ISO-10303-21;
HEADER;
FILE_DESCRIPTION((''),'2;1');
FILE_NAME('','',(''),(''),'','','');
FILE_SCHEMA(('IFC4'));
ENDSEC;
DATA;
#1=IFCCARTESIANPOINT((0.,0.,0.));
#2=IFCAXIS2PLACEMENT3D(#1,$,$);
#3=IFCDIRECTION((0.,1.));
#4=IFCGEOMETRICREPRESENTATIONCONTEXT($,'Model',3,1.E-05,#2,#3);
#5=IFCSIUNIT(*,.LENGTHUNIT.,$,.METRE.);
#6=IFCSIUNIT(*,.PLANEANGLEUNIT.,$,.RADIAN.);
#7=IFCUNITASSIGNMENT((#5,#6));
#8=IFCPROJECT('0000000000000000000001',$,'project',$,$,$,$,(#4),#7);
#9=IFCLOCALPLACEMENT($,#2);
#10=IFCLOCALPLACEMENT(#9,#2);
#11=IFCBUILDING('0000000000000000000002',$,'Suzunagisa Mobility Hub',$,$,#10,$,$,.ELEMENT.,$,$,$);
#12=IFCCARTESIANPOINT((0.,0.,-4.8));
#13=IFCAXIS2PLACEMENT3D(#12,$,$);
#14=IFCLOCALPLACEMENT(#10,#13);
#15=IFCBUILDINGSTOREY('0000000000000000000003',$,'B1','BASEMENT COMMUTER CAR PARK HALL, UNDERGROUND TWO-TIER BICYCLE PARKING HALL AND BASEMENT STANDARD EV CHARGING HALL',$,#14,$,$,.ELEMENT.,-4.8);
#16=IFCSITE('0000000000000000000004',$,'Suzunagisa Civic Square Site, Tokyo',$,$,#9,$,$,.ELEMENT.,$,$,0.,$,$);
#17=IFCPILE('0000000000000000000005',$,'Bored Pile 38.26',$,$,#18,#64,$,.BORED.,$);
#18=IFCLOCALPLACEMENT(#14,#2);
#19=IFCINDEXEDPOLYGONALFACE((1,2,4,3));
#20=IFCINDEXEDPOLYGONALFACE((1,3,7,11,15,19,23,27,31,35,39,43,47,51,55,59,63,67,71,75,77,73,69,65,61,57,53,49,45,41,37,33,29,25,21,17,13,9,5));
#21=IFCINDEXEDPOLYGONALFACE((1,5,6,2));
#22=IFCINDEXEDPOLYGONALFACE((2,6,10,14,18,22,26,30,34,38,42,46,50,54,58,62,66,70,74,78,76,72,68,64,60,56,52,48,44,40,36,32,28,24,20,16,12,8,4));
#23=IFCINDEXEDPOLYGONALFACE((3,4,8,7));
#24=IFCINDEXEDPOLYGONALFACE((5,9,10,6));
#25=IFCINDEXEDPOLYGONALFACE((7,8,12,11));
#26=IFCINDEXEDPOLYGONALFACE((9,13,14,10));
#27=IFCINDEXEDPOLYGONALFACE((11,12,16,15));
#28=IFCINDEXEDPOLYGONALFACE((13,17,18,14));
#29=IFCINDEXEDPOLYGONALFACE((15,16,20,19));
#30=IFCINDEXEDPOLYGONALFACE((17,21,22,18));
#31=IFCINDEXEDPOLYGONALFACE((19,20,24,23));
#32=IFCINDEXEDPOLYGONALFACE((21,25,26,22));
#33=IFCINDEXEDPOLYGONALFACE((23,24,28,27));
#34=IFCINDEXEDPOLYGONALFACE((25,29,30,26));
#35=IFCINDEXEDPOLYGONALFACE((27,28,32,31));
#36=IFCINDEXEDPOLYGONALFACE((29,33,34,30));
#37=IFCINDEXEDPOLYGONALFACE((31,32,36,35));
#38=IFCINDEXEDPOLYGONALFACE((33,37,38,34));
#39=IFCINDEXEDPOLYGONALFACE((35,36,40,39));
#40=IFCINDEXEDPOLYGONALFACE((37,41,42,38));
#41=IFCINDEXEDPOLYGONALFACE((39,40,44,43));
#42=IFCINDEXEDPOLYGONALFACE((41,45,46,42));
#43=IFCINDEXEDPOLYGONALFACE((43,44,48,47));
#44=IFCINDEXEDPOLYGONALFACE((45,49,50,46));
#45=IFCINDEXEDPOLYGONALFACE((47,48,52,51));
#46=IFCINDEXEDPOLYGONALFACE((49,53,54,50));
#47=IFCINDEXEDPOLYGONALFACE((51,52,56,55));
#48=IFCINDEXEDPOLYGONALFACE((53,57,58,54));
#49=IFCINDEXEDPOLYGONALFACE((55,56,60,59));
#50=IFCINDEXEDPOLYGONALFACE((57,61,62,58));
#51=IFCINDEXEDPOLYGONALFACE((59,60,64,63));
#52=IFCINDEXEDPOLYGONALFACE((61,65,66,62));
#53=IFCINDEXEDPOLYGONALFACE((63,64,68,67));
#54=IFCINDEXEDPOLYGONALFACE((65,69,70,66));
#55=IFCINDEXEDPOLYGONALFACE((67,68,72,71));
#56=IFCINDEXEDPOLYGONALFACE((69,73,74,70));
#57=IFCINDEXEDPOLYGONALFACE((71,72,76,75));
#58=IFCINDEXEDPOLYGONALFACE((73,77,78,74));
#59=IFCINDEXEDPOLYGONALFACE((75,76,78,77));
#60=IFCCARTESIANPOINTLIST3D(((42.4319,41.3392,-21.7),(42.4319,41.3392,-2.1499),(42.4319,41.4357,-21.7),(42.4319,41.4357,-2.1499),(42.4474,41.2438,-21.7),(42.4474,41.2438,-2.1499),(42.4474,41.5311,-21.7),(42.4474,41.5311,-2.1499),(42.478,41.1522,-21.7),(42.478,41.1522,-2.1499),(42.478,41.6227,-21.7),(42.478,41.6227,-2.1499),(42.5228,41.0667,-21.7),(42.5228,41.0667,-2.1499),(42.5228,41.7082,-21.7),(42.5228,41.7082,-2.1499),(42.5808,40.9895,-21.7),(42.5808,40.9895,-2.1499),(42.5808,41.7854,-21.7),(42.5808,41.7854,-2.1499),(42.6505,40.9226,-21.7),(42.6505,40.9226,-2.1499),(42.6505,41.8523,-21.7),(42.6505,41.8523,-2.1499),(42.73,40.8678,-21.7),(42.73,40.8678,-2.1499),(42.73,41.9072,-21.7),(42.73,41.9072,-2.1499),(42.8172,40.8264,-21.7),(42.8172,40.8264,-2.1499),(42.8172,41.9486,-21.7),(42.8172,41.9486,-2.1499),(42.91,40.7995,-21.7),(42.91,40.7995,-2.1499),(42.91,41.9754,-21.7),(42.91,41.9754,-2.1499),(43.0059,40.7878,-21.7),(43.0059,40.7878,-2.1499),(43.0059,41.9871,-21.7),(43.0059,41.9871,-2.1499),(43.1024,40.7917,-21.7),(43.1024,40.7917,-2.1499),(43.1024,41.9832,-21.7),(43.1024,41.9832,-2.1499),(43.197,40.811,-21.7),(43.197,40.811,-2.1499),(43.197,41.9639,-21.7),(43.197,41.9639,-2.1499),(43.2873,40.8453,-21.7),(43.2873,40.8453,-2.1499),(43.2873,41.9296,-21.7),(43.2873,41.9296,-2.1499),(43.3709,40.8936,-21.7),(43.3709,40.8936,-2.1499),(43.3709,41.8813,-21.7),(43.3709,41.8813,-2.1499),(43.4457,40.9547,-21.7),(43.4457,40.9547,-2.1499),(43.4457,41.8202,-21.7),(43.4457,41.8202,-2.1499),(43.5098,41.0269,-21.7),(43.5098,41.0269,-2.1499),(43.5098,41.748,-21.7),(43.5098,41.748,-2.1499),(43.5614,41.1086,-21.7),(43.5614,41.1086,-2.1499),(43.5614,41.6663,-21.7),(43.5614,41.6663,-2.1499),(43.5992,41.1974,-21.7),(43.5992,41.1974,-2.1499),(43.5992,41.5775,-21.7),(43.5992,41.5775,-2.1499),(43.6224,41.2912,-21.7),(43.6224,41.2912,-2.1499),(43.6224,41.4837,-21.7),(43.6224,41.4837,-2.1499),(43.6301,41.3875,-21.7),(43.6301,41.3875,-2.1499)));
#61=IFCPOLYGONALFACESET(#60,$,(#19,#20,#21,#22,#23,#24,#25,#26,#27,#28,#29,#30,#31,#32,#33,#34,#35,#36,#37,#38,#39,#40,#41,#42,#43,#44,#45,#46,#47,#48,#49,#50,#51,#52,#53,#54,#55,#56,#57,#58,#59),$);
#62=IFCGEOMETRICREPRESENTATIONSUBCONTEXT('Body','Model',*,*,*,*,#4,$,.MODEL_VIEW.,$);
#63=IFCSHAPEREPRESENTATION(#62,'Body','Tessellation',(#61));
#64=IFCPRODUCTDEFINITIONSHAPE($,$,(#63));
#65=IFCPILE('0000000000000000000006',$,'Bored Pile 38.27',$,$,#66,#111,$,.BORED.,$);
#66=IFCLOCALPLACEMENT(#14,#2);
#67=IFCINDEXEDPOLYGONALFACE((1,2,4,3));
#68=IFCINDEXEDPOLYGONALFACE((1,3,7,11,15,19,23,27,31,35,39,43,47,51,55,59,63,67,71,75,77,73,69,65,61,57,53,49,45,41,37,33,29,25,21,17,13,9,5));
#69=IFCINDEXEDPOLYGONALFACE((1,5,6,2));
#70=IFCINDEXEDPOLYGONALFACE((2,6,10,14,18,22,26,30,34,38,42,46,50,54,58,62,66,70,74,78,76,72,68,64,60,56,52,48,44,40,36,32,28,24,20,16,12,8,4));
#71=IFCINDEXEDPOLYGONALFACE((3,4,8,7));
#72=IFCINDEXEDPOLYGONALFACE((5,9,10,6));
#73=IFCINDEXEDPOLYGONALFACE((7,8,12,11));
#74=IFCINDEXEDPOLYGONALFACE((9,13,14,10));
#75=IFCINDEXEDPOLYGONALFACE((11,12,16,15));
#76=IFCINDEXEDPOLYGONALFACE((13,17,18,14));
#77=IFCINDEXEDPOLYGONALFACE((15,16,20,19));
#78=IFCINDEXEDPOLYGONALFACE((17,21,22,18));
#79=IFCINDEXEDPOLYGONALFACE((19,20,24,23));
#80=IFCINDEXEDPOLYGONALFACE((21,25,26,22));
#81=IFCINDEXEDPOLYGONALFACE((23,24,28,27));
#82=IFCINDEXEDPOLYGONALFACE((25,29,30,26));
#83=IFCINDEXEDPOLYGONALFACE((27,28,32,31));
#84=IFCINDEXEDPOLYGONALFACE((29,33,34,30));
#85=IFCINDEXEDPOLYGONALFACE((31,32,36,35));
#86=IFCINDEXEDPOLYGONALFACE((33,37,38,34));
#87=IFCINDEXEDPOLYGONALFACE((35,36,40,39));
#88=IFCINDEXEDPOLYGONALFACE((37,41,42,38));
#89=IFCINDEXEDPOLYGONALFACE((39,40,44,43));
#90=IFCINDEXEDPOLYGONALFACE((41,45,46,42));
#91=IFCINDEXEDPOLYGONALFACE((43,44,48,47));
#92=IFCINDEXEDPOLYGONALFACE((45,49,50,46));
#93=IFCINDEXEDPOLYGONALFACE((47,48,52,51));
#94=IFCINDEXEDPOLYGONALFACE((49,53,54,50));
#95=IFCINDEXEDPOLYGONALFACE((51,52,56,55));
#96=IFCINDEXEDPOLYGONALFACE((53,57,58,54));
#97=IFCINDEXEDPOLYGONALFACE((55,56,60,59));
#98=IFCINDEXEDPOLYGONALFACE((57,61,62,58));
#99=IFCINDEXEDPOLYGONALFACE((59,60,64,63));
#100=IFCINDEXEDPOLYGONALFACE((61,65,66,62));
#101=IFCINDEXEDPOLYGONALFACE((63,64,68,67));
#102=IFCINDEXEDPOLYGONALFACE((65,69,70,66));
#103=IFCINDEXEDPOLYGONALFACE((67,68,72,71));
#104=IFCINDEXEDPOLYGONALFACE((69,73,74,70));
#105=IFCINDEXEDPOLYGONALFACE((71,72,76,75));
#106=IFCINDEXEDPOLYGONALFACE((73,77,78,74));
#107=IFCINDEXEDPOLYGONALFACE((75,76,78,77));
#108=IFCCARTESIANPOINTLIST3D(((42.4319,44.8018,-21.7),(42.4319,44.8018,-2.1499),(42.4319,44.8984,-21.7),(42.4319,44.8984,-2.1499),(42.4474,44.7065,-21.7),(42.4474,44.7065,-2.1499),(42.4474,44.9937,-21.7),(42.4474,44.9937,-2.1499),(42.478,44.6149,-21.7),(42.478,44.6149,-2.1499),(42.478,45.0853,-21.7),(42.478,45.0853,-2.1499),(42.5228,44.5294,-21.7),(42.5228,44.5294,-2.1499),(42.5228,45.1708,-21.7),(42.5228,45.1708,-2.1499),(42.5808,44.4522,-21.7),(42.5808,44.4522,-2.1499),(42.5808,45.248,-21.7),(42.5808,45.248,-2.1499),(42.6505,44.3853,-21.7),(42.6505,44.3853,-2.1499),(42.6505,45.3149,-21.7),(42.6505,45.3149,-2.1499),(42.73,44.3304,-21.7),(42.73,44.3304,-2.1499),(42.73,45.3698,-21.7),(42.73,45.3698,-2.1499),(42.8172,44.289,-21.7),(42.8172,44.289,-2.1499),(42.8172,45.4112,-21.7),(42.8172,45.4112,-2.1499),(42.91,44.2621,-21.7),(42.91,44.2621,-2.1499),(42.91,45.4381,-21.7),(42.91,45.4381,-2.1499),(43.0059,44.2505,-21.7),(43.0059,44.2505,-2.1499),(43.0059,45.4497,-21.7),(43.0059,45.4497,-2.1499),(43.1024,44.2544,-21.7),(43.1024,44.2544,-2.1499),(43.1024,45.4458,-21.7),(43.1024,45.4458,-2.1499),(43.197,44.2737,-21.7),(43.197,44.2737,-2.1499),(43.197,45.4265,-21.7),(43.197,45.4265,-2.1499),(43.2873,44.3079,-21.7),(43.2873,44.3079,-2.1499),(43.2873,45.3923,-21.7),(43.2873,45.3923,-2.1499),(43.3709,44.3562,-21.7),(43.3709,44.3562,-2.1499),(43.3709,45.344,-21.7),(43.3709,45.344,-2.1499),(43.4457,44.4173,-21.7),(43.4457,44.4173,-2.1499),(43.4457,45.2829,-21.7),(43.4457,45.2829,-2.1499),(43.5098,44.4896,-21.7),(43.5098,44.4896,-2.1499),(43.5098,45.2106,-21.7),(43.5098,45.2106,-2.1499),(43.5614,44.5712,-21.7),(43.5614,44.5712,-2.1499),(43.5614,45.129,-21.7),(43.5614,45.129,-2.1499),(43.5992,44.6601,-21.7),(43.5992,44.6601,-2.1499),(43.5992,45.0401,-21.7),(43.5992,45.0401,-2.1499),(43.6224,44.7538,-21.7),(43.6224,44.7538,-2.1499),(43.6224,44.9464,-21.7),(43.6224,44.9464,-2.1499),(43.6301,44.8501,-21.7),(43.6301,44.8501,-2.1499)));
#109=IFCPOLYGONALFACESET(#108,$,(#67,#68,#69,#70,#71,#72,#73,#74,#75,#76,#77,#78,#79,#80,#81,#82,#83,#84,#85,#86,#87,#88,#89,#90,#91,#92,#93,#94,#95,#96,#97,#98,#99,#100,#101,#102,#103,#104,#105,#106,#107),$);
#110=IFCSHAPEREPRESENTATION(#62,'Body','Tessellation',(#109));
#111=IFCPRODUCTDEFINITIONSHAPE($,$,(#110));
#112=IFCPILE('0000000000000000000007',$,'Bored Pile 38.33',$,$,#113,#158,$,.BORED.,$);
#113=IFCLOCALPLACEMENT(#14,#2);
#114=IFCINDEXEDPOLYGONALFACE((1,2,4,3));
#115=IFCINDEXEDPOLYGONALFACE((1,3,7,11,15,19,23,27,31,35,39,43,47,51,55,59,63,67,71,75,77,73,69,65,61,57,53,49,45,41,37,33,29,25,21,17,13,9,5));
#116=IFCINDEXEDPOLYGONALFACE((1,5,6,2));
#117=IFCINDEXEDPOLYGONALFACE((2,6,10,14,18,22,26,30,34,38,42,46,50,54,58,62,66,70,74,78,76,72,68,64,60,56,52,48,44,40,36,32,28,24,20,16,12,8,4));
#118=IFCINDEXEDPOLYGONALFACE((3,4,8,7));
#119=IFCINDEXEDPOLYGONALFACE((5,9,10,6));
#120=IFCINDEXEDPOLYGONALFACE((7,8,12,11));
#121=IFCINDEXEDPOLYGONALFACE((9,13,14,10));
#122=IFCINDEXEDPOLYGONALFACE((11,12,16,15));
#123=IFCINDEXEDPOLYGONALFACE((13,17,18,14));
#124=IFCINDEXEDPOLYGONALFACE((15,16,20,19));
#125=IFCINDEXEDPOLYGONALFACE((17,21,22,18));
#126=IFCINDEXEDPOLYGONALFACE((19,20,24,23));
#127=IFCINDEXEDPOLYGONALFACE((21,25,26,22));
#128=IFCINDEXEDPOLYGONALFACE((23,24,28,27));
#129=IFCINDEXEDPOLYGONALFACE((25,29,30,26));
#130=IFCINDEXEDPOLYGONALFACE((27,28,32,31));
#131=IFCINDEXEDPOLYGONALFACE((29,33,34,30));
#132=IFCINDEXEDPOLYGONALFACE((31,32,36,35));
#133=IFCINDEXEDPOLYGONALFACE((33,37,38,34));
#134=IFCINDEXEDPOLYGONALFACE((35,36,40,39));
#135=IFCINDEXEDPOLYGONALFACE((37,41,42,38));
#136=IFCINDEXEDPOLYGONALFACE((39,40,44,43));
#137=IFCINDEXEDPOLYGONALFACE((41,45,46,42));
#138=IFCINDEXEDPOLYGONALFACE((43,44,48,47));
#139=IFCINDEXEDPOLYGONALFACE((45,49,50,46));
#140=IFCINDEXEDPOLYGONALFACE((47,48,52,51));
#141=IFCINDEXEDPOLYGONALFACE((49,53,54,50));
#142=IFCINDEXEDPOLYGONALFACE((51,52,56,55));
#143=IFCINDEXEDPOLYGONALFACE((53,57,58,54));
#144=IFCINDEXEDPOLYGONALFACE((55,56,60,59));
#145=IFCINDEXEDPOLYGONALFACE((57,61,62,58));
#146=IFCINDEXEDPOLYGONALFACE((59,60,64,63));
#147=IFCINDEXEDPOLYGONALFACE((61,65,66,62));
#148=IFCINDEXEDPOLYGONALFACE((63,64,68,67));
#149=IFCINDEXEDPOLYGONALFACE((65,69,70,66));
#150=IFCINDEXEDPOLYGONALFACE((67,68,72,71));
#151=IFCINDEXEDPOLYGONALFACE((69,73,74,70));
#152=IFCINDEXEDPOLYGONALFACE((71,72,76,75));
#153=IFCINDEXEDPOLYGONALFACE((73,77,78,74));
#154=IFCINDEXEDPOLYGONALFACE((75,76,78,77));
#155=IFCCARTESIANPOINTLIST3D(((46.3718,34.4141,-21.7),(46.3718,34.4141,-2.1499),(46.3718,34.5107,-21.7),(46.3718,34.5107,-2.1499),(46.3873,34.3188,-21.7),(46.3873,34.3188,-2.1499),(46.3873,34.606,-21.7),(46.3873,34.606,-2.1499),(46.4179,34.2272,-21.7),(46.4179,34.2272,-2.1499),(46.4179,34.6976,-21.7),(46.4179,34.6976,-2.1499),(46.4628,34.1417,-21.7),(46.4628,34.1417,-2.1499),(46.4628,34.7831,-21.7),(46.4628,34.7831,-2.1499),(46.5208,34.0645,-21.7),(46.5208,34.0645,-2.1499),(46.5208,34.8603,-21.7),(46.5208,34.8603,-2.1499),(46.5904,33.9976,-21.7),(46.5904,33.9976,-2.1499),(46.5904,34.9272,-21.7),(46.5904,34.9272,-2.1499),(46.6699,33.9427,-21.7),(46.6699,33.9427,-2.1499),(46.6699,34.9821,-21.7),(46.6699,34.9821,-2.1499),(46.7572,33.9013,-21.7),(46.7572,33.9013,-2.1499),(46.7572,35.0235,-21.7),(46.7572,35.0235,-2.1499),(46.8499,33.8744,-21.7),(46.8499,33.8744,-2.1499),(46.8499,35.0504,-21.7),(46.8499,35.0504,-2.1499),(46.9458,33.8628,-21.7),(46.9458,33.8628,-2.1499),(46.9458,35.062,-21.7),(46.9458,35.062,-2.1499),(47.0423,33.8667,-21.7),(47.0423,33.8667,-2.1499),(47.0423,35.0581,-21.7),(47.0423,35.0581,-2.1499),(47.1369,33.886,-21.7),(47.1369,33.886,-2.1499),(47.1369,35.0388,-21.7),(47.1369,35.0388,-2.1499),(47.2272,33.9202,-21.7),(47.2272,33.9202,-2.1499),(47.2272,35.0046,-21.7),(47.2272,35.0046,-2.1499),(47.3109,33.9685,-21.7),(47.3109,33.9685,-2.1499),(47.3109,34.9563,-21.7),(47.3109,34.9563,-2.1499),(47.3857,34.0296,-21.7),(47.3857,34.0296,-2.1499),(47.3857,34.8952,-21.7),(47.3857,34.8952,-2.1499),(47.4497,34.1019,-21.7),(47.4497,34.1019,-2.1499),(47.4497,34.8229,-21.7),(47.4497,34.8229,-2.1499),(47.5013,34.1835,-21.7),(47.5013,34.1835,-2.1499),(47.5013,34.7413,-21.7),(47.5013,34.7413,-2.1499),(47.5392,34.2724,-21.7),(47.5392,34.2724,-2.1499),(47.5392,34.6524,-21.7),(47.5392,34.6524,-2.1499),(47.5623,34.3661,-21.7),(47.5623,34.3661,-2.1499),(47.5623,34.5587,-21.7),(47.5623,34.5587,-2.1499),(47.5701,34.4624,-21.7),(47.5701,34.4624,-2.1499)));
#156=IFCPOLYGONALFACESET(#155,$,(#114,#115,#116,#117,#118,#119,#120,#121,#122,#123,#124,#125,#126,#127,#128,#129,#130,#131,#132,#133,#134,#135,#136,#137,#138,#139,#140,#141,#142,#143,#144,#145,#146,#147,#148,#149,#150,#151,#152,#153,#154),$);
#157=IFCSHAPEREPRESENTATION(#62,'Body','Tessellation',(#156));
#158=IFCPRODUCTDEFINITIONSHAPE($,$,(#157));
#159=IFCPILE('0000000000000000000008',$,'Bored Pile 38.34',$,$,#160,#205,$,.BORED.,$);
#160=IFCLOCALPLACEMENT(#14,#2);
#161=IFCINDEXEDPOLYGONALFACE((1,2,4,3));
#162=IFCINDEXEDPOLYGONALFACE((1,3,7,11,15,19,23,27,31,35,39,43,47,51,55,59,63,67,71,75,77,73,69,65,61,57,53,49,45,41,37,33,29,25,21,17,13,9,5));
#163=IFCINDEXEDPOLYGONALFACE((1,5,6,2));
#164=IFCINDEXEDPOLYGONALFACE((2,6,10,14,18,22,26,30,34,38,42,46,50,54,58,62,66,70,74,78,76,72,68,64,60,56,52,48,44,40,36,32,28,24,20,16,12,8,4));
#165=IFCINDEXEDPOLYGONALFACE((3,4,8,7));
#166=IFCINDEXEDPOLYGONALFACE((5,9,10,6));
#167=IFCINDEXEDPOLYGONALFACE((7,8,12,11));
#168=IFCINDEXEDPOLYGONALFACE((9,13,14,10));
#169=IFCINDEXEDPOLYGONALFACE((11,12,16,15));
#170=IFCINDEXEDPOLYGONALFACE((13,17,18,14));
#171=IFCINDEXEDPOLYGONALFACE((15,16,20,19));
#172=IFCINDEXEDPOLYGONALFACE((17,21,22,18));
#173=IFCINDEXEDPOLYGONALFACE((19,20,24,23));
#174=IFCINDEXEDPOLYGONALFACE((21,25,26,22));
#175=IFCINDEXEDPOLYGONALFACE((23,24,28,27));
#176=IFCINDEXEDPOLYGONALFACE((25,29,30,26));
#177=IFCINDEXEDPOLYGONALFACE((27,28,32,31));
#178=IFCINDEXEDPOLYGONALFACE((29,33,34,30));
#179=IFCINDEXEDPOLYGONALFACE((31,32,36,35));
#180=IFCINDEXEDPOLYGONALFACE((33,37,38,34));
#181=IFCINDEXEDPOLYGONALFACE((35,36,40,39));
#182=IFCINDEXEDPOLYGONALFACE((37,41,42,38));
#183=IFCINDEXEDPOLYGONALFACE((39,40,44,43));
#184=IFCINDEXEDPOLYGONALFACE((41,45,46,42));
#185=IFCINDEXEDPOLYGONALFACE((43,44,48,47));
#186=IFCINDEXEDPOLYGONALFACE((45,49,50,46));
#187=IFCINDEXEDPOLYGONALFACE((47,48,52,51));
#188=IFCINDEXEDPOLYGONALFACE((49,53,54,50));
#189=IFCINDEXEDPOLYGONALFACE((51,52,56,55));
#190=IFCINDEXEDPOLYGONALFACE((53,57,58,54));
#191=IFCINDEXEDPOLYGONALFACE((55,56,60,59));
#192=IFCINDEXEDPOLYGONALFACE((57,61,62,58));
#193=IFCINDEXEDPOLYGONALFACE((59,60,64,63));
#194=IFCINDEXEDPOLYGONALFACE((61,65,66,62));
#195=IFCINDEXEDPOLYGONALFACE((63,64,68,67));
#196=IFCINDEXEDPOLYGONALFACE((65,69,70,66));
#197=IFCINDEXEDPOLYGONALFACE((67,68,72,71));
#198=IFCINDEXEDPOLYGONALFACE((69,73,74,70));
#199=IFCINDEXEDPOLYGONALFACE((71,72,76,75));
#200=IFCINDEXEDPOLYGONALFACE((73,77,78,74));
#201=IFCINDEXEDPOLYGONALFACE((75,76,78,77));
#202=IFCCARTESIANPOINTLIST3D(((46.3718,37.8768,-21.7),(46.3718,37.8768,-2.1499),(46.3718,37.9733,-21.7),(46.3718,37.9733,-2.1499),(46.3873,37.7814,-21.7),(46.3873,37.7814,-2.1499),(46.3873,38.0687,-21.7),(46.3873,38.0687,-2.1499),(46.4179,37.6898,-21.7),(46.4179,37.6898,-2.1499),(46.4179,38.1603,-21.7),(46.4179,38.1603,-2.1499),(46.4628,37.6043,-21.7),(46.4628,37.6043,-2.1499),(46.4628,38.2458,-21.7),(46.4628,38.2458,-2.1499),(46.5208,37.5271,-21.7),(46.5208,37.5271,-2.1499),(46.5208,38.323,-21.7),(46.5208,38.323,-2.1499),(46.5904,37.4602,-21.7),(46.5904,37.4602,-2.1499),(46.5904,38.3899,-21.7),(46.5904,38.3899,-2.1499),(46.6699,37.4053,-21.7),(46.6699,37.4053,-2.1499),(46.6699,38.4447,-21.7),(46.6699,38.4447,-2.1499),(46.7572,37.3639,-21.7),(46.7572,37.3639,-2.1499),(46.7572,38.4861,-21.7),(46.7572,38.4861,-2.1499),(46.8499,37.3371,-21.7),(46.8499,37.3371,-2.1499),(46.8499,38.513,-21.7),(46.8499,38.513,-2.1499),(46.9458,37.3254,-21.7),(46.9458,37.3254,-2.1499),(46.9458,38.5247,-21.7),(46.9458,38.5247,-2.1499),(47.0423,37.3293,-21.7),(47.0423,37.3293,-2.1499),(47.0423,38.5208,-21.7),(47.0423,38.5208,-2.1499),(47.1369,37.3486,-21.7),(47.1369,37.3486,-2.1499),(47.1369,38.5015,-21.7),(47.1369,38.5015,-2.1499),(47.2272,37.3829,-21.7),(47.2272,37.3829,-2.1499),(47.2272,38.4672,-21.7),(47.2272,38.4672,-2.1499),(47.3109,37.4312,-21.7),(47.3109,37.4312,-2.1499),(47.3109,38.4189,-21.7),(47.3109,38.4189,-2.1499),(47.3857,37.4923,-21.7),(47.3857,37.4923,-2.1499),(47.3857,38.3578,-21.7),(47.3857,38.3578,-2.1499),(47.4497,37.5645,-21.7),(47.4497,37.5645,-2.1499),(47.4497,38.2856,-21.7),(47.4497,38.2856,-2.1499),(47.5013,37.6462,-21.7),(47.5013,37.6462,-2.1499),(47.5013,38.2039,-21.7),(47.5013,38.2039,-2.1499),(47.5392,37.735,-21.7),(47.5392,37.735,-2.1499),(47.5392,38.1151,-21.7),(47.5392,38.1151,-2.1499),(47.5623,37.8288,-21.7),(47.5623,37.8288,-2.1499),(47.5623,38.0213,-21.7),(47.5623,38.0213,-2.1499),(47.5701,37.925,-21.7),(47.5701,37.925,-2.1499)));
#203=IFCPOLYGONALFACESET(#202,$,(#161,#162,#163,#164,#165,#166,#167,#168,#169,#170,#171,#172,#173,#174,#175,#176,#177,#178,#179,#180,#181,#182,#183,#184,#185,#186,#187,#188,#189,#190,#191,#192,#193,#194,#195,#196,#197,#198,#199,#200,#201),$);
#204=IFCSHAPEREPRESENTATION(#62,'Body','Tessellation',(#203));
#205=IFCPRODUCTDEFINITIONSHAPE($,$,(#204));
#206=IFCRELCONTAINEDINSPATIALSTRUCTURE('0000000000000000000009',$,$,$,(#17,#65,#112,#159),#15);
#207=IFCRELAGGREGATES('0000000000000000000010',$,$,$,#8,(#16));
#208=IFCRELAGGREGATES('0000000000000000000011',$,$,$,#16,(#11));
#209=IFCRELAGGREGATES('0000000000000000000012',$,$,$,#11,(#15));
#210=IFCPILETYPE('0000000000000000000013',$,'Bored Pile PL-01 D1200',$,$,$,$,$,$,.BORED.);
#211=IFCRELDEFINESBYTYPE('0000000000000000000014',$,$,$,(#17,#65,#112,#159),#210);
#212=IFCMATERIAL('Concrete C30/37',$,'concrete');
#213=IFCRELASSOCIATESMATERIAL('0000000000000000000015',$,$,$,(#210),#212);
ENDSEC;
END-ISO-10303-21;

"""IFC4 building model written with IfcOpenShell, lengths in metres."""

from ifc_helpers import new_model, si_unit, direction, frame, origin, origin_2d, place, context, subcontext, project, spatial, circle, extrude, material, material_profile, profile_set, type_object, element, save


model = new_model("IFC4")

# Units and contexts
model_context = context("Model", 3, precision=1e-05, world=origin(), true_north=direction((0.0, 1.0)))
body_context = subcontext(model_context, "Body", "Model", "MODEL_VIEW")
ifc_project = project(units=[si_unit("LENGTHUNIT", "METRE"), si_unit("PLANEANGLEUNIT", "RADIAN")], contexts=[model_context])

# Site, building, storey
site_placement = place(None, origin())
site = spatial("IfcSite", under=ifc_project, at=site_placement, Name="Suzunagisa Civic Square Site, Tokyo", CompositionType="ELEMENT", RefElevation=0.0)
building_placement = place(site_placement, origin())
building = spatial("IfcBuilding", under=site, at=building_placement, Name="Suzunagisa Mobility Hub", CompositionType="ELEMENT")
storey_placement = place(building_placement, frame((0.0, 0.0, -4.8)))
storey = spatial("IfcBuildingStorey", under=building, at=storey_placement, Name="B1", Description="BASEMENT COMMUTER CAR PARK HALL, UNDERGROUND TWO-TIER BICYCLE PARKING HALL AND BASEMENT STANDARD EV CHARGING HALL", CompositionType="ELEMENT", Elevation=-4.8)

# Piles
ifc_material_1 = material(Name="Concrete C30/37", Category="concrete")
ifc_material_profile_1 = material_profile(ifc_material_1, circle(Radius=0.6001, at=origin_2d()), Name="BORED PILE D1200")
ifc_profile_set_1 = profile_set([ifc_material_profile_1], Name="Concrete C30/37")
pile_type = type_object("IfcPileType", Name="Bored Pile PL-01 D1200", PredefinedType="BORED", material=ifc_profile_set_1)
for number, where, z_axis, x_axis, name in (
    (1, (43.03, 41.3875, -2.1499), (0.0, 0.0, -1.0), (1.0, 0.0, 0.0), "Bored Pile 38.26"),
    (2, (43.03, 44.8501, -2.1499), (0.0, 0.0, -1.0), (1.0, 0.0, 0.0), "Bored Pile 38.27"),
    (3, (46.97, 34.4624, -2.1499), (0.0, 0.0, -1.0), (1.0, 0.0, 0.0), "Bored Pile 38.33"),
    (4, (46.97, 37.925, -2.1499), (0.0, 0.0, -1.0), (1.0, 0.0, 0.0), "Bored Pile 38.34"),
):
    element("IfcPile", number, at=place(storey_placement, frame(where, z_axis=z_axis, x_axis=x_axis)), inside=storey, type_object=pile_type, Name=name, PredefinedType="BORED", context=body_context, shape_type="SweptSolid", body=[
        extrude(circle(Radius=0.6001, at=origin_2d()), origin(), (0.0, 0.0, 1.0), 19.55),
    ])

save(model, "model.ifc")
